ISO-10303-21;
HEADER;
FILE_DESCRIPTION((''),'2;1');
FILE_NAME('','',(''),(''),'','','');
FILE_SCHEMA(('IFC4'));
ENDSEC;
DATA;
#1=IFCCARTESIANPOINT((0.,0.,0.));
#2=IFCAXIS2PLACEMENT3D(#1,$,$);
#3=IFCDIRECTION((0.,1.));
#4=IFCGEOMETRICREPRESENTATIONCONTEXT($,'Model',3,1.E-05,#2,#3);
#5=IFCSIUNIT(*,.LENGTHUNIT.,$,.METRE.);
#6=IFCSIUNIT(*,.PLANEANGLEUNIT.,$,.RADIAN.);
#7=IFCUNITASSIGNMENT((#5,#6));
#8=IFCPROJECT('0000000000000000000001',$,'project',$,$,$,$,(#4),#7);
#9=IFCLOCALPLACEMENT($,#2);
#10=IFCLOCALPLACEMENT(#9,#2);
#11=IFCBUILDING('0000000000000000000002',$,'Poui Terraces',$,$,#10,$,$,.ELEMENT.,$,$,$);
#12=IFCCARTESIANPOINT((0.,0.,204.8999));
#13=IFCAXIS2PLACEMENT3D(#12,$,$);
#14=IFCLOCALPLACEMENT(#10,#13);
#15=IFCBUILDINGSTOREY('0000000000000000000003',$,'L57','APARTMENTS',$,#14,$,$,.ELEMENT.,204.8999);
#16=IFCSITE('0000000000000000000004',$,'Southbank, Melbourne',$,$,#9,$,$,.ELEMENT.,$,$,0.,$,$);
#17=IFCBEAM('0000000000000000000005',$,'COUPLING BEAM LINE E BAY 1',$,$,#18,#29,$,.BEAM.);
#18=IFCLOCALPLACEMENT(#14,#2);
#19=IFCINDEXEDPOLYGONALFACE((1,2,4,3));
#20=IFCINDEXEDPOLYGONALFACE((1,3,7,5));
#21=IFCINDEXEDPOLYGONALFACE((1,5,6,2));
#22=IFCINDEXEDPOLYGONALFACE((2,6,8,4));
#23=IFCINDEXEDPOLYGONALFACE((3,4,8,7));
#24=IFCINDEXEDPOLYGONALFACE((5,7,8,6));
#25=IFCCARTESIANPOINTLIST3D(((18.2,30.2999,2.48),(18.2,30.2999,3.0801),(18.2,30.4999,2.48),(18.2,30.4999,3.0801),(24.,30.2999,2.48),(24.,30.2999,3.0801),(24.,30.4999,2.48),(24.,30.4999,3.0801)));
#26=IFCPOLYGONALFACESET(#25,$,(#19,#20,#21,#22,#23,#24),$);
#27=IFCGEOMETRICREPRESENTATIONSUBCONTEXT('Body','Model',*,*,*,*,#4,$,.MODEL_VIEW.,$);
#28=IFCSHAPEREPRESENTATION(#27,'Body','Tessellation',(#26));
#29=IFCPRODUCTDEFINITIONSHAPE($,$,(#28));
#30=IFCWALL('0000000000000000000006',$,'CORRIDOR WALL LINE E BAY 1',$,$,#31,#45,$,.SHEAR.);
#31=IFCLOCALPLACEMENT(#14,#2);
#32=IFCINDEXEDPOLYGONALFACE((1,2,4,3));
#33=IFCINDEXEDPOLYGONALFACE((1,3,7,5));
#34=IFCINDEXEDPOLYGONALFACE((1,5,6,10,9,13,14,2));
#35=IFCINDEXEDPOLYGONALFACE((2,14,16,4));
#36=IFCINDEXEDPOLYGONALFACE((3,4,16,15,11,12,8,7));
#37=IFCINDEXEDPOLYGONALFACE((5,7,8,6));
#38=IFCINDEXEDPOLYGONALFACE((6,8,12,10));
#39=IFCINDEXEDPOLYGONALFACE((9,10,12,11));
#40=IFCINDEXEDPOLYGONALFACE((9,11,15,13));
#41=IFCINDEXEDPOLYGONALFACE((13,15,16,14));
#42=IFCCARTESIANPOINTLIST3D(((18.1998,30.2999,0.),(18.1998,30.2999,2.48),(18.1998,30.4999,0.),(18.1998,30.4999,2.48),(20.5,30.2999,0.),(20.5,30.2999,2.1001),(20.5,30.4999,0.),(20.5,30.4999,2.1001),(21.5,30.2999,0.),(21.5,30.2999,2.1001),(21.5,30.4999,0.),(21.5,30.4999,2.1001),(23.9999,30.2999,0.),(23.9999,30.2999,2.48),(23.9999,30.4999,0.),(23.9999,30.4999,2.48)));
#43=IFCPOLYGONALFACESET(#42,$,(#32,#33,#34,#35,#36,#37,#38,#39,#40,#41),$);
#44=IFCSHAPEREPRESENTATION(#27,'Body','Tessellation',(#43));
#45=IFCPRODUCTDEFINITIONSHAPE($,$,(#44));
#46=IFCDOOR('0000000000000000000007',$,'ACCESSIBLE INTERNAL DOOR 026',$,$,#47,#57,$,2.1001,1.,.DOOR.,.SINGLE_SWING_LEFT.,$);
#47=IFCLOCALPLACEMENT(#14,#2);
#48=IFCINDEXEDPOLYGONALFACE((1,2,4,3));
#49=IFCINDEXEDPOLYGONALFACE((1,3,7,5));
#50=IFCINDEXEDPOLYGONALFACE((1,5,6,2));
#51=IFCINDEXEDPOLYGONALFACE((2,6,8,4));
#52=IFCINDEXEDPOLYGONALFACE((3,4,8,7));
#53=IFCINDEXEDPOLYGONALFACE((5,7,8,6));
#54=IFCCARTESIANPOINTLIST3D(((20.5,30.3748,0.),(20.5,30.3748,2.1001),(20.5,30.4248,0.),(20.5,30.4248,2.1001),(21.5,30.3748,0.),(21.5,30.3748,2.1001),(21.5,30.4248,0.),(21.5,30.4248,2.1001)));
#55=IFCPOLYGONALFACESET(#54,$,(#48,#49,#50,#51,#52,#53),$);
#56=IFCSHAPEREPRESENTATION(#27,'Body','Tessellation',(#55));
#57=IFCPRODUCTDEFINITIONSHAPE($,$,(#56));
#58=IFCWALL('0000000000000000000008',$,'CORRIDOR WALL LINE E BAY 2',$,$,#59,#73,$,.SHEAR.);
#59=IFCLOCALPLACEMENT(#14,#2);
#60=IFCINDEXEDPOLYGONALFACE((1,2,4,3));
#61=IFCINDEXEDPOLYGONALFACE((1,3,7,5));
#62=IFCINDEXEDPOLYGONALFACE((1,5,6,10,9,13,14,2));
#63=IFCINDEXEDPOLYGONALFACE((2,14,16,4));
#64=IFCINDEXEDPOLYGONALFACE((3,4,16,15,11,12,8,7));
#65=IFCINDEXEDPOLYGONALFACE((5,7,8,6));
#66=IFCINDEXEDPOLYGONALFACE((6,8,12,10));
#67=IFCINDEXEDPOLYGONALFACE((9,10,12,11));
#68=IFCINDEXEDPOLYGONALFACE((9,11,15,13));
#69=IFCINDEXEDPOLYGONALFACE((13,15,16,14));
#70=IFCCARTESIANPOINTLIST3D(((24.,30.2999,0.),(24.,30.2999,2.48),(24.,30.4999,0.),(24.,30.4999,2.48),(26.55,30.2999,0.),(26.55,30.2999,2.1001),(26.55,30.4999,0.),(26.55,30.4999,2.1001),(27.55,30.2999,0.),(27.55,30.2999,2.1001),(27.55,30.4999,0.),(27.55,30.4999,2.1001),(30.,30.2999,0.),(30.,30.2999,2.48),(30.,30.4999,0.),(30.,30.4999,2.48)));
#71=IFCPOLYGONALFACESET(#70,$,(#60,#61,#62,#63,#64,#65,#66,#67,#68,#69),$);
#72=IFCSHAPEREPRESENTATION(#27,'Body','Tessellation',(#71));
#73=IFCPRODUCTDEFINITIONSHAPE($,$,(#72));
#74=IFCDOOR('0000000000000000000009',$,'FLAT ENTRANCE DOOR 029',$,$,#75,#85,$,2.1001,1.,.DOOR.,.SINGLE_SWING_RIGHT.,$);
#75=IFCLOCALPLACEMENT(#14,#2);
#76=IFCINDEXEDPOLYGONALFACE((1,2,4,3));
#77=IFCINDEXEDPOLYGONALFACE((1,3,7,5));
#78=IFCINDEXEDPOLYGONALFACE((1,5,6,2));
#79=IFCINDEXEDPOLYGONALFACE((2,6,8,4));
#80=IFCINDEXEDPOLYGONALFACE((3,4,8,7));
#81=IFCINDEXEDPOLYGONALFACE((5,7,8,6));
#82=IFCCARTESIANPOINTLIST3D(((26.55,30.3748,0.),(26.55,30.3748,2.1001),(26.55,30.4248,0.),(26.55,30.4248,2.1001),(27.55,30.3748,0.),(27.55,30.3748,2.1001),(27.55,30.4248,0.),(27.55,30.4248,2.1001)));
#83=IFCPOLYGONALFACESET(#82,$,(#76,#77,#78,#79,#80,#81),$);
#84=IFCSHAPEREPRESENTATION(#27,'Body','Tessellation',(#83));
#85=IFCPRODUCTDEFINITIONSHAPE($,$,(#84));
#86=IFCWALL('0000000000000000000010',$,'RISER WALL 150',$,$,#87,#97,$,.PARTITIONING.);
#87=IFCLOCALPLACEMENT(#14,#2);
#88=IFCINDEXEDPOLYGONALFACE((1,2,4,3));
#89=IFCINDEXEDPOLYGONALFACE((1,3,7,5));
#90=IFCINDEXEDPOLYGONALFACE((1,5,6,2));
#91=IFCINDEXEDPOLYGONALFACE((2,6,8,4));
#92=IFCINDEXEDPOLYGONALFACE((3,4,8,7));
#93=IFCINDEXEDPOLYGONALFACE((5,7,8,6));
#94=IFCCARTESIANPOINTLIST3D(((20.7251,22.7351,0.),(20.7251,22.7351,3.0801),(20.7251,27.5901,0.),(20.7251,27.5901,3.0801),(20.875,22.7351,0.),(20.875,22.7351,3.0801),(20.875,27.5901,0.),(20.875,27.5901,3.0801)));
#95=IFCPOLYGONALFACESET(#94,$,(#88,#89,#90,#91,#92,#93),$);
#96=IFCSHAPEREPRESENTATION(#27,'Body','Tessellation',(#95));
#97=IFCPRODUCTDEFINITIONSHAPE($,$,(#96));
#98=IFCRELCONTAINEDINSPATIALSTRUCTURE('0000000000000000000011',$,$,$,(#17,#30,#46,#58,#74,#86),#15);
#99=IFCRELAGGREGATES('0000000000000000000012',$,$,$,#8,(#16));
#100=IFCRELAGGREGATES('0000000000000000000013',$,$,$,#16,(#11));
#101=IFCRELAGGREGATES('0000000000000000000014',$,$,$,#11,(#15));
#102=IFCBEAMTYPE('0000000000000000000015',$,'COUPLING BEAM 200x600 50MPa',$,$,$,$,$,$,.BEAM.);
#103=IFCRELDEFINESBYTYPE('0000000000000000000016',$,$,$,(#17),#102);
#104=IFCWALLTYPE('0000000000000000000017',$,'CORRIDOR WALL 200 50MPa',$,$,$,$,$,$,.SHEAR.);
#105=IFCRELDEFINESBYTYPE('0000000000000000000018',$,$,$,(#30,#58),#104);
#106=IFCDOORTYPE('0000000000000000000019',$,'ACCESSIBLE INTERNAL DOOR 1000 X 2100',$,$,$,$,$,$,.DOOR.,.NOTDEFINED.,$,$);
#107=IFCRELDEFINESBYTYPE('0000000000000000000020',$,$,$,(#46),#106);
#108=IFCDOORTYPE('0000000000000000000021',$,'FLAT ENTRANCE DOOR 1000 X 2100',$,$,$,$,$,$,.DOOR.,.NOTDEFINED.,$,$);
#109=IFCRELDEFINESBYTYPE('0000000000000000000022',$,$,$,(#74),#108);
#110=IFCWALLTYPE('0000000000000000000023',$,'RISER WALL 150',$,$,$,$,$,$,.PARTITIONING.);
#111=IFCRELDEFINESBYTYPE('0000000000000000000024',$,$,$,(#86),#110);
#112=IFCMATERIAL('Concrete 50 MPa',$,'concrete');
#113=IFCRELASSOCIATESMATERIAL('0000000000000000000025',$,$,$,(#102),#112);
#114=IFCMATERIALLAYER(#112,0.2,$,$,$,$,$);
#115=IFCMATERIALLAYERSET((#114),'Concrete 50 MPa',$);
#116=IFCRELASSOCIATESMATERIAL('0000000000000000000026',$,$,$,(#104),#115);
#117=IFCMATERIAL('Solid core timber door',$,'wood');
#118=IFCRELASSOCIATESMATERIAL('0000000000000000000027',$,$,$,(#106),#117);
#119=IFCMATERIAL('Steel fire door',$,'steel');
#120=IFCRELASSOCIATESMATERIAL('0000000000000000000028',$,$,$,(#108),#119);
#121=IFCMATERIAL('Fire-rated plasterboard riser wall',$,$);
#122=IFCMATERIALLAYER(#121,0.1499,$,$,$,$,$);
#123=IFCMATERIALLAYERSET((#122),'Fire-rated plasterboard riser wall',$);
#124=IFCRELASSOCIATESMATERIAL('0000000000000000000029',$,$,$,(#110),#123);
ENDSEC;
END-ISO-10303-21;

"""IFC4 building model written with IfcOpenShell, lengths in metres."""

from ifc_helpers import new_model, si_unit, direction, frame, frame_2d, origin, origin_2d, place, context, subcontext, project, spatial, rectangle, extrude, source, transform, mapped, material, layer, layer_set, material_profile, profile_set, type_object, element, fill, save


model = new_model("IFC4")

# Units and contexts
model_context = context("Model", 3, precision=1e-05, world=origin(), true_north=direction((0.0, 1.0)))
body_context = subcontext(model_context, "Body", "Model", "MODEL_VIEW")
ifc_project = project(units=[si_unit("LENGTHUNIT", "METRE"), si_unit("PLANEANGLEUNIT", "RADIAN")], contexts=[model_context])

# Site, building, storey
site_placement = place(None, origin())
site = spatial("IfcSite", under=ifc_project, at=site_placement, Name="Southbank, Melbourne", CompositionType="ELEMENT", RefElevation=0.0)
building_placement = place(site_placement, origin())
building = spatial("IfcBuilding", under=site, at=building_placement, Name="Poui Terraces", CompositionType="ELEMENT")
storey_placement = place(building_placement, frame((0.0, 0.0, 204.8999)))
storey = spatial("IfcBuildingStorey", under=building, at=storey_placement, Name="L57", Description="APARTMENTS", CompositionType="ELEMENT", Elevation=204.8999)

# Beam
ifc_material_1 = material(Name="Concrete 50 MPa", Category="concrete")
ifc_material_profile = material_profile(ifc_material_1, rectangle(XDim=0.2, YDim=0.6001, at=origin_2d()), Name="RC 200x600")
ifc_profile_set = profile_set([ifc_material_profile], Name="Concrete 50 MPa")
beam_type = type_object("IfcBeamType", Name="COUPLING BEAM 200x600 50MPa", PredefinedType="BEAM", material=ifc_profile_set)
shared_shape = source(origin(), body_context, "Body", "SweptSolid", [
    extrude(rectangle(XDim=0.2, YDim=0.6001, at=origin_2d()), origin(), (0.0, 0.0, 1.0), 5.8),
])
beam_placement = place(storey_placement, frame((18.2, 30.3999, 2.78), z_axis=(1.0, 0.0, 0.0), x_axis=(0.0, 1.0, 0.0)))
element("IfcBeam", 1, at=beam_placement, inside=storey, type_object=beam_type, Name="COUPLING BEAM LINE E BAY 1", PredefinedType="BEAM", context=body_context, shape_type="MappedRepresentation", body=[
    mapped(shared_shape, transform((0.0, 0.0, 0.0))),
])

# Walls, openings, doors
ifc_layer_1 = layer(ifc_material_1, 0.2)
ifc_layer_set_1 = layer_set([ifc_layer_1], Name="Concrete 50 MPa")
wall_type_1 = type_object("IfcWallType", Name="CORRIDOR WALL 200 50MPa", PredefinedType="SHEAR", material=ifc_layer_set_1)
wall_1_placement = place(storey_placement, frame((18.2, 30.3999, 0.0), z_axis=(0.0, 0.0, 1.0), x_axis=(1.0, 0.0, 0.0)))
wall_1 = element("IfcWall", 2, at=wall_1_placement, inside=storey, type_object=wall_type_1, Name="CORRIDOR WALL LINE E BAY 1", PredefinedType="SHEAR", context=body_context, shape_type="SweptSolid", body=[
    extrude(rectangle(XDim=5.8, YDim=0.2, at=frame_2d((2.8999, 0.0))), origin(), (0.0, 0.0, 1.0), 2.48),
])
opening_1_placement = place(wall_1_placement, frame((2.3, 0.0, 0.0)))
opening_1 = element("IfcOpeningElement", 3, at=opening_1_placement, cuts=wall_1, PredefinedType="OPENING", context=body_context, shape_type="SweptSolid", body=[
    extrude(rectangle(XDim=1.0, YDim=2.1001, at=frame_2d((0.5, 1.05))), frame((0.0, 0.1099, 0.0), z_axis=(0.0, -1.0, 0.0), x_axis=(1.0, 0.0, 0.0)), (0.0, 0.0, 1.0), 0.22),
])
ifc_material_2 = material(Name="Solid core timber door", Category="wood")
door_type_1 = type_object("IfcDoorType", Name="ACCESSIBLE INTERNAL DOOR 1000 X 2100", OperationType="NOTDEFINED", PredefinedType="DOOR", material=ifc_material_2)
door_1_placement = place(opening_1_placement, origin())
door_1 = element("IfcDoor", 4, at=door_1_placement, inside=storey, type_object=door_type_1, Name="ACCESSIBLE INTERNAL DOOR 026", OperationType="SINGLE_SWING_LEFT", OverallHeight=2.1001, OverallWidth=1.0, PredefinedType="DOOR", context=body_context, shape_type="SweptSolid", body=[
    extrude(rectangle(XDim=1.0, YDim=2.1001, at=frame_2d((0.5, 1.05))), frame((0.0, 0.0249, 0.0), z_axis=(0.0, -1.0, 0.0), x_axis=(1.0, 0.0, 0.0)), (0.0, 0.0, 1.0), 0.05),
])
fill(opening_1, door_1)
wall_2_placement = place(storey_placement, frame((24.0, 30.3999, 0.0), z_axis=(0.0, 0.0, 1.0), x_axis=(1.0, 0.0, 0.0)))
wall_2 = element("IfcWall", 5, at=wall_2_placement, inside=storey, type_object=wall_type_1, Name="CORRIDOR WALL LINE E BAY 2", PredefinedType="SHEAR", context=body_context, shape_type="SweptSolid", body=[
    extrude(rectangle(XDim=6.0, YDim=0.2, at=frame_2d((3.0, 0.0))), origin(), (0.0, 0.0, 1.0), 2.48),
])
opening_2_placement = place(wall_2_placement, frame((2.55, 0.0, 0.0)))
opening_2 = element("IfcOpeningElement", 6, at=opening_2_placement, cuts=wall_2, PredefinedType="OPENING", context=body_context, shape_type="SweptSolid", body=[
    extrude(rectangle(XDim=1.0, YDim=2.1001, at=frame_2d((0.5, 1.05))), frame((0.0, 0.1099, 0.0), z_axis=(0.0, -1.0, 0.0), x_axis=(1.0, 0.0, 0.0)), (0.0, 0.0, 1.0), 0.22),
])
ifc_material_3 = material(Name="Steel fire door", Category="steel")
door_type_2 = type_object("IfcDoorType", Name="FLAT ENTRANCE DOOR 1000 X 2100", OperationType="NOTDEFINED", PredefinedType="DOOR", material=ifc_material_3)
door_2_placement = place(opening_2_placement, origin())
door_2 = element("IfcDoor", 7, at=door_2_placement, inside=storey, type_object=door_type_2, Name="FLAT ENTRANCE DOOR 029", OperationType="SINGLE_SWING_RIGHT", OverallHeight=2.1001, OverallWidth=1.0, PredefinedType="DOOR", context=body_context, shape_type="SweptSolid", body=[
    extrude(rectangle(XDim=1.0, YDim=2.1001, at=frame_2d((0.5, 1.05))), frame((0.0, 0.0249, 0.0), z_axis=(0.0, -1.0, 0.0), x_axis=(1.0, 0.0, 0.0)), (0.0, 0.0, 1.0), 0.05),
])
fill(opening_2, door_2)

# Wall
ifc_material_4 = material(Name="Fire-rated plasterboard riser wall")
ifc_layer_2 = layer(ifc_material_4, 0.1499)
ifc_layer_set_2 = layer_set([ifc_layer_2], Name="Fire-rated plasterboard riser wall")
wall_type_2 = type_object("IfcWallType", Name="RISER WALL 150", PredefinedType="PARTITIONING", material=ifc_layer_set_2)
wall_3_placement = place(storey_placement, frame((20.8, 22.7351, 0.0), z_axis=(0.0, 0.0, 1.0), x_axis=(0.0, 1.0, 0.0)))
element("IfcWall", 8, at=wall_3_placement, inside=storey, type_object=wall_type_2, Name="RISER WALL 150", PredefinedType="PARTITIONING", context=body_context, shape_type="SweptSolid", body=[
    extrude(rectangle(XDim=4.855, YDim=0.1499, at=frame_2d((2.4275, 0.0))), origin(), (0.0, 0.0, 1.0), 3.0801),
])

save(model, "model.ifc")
